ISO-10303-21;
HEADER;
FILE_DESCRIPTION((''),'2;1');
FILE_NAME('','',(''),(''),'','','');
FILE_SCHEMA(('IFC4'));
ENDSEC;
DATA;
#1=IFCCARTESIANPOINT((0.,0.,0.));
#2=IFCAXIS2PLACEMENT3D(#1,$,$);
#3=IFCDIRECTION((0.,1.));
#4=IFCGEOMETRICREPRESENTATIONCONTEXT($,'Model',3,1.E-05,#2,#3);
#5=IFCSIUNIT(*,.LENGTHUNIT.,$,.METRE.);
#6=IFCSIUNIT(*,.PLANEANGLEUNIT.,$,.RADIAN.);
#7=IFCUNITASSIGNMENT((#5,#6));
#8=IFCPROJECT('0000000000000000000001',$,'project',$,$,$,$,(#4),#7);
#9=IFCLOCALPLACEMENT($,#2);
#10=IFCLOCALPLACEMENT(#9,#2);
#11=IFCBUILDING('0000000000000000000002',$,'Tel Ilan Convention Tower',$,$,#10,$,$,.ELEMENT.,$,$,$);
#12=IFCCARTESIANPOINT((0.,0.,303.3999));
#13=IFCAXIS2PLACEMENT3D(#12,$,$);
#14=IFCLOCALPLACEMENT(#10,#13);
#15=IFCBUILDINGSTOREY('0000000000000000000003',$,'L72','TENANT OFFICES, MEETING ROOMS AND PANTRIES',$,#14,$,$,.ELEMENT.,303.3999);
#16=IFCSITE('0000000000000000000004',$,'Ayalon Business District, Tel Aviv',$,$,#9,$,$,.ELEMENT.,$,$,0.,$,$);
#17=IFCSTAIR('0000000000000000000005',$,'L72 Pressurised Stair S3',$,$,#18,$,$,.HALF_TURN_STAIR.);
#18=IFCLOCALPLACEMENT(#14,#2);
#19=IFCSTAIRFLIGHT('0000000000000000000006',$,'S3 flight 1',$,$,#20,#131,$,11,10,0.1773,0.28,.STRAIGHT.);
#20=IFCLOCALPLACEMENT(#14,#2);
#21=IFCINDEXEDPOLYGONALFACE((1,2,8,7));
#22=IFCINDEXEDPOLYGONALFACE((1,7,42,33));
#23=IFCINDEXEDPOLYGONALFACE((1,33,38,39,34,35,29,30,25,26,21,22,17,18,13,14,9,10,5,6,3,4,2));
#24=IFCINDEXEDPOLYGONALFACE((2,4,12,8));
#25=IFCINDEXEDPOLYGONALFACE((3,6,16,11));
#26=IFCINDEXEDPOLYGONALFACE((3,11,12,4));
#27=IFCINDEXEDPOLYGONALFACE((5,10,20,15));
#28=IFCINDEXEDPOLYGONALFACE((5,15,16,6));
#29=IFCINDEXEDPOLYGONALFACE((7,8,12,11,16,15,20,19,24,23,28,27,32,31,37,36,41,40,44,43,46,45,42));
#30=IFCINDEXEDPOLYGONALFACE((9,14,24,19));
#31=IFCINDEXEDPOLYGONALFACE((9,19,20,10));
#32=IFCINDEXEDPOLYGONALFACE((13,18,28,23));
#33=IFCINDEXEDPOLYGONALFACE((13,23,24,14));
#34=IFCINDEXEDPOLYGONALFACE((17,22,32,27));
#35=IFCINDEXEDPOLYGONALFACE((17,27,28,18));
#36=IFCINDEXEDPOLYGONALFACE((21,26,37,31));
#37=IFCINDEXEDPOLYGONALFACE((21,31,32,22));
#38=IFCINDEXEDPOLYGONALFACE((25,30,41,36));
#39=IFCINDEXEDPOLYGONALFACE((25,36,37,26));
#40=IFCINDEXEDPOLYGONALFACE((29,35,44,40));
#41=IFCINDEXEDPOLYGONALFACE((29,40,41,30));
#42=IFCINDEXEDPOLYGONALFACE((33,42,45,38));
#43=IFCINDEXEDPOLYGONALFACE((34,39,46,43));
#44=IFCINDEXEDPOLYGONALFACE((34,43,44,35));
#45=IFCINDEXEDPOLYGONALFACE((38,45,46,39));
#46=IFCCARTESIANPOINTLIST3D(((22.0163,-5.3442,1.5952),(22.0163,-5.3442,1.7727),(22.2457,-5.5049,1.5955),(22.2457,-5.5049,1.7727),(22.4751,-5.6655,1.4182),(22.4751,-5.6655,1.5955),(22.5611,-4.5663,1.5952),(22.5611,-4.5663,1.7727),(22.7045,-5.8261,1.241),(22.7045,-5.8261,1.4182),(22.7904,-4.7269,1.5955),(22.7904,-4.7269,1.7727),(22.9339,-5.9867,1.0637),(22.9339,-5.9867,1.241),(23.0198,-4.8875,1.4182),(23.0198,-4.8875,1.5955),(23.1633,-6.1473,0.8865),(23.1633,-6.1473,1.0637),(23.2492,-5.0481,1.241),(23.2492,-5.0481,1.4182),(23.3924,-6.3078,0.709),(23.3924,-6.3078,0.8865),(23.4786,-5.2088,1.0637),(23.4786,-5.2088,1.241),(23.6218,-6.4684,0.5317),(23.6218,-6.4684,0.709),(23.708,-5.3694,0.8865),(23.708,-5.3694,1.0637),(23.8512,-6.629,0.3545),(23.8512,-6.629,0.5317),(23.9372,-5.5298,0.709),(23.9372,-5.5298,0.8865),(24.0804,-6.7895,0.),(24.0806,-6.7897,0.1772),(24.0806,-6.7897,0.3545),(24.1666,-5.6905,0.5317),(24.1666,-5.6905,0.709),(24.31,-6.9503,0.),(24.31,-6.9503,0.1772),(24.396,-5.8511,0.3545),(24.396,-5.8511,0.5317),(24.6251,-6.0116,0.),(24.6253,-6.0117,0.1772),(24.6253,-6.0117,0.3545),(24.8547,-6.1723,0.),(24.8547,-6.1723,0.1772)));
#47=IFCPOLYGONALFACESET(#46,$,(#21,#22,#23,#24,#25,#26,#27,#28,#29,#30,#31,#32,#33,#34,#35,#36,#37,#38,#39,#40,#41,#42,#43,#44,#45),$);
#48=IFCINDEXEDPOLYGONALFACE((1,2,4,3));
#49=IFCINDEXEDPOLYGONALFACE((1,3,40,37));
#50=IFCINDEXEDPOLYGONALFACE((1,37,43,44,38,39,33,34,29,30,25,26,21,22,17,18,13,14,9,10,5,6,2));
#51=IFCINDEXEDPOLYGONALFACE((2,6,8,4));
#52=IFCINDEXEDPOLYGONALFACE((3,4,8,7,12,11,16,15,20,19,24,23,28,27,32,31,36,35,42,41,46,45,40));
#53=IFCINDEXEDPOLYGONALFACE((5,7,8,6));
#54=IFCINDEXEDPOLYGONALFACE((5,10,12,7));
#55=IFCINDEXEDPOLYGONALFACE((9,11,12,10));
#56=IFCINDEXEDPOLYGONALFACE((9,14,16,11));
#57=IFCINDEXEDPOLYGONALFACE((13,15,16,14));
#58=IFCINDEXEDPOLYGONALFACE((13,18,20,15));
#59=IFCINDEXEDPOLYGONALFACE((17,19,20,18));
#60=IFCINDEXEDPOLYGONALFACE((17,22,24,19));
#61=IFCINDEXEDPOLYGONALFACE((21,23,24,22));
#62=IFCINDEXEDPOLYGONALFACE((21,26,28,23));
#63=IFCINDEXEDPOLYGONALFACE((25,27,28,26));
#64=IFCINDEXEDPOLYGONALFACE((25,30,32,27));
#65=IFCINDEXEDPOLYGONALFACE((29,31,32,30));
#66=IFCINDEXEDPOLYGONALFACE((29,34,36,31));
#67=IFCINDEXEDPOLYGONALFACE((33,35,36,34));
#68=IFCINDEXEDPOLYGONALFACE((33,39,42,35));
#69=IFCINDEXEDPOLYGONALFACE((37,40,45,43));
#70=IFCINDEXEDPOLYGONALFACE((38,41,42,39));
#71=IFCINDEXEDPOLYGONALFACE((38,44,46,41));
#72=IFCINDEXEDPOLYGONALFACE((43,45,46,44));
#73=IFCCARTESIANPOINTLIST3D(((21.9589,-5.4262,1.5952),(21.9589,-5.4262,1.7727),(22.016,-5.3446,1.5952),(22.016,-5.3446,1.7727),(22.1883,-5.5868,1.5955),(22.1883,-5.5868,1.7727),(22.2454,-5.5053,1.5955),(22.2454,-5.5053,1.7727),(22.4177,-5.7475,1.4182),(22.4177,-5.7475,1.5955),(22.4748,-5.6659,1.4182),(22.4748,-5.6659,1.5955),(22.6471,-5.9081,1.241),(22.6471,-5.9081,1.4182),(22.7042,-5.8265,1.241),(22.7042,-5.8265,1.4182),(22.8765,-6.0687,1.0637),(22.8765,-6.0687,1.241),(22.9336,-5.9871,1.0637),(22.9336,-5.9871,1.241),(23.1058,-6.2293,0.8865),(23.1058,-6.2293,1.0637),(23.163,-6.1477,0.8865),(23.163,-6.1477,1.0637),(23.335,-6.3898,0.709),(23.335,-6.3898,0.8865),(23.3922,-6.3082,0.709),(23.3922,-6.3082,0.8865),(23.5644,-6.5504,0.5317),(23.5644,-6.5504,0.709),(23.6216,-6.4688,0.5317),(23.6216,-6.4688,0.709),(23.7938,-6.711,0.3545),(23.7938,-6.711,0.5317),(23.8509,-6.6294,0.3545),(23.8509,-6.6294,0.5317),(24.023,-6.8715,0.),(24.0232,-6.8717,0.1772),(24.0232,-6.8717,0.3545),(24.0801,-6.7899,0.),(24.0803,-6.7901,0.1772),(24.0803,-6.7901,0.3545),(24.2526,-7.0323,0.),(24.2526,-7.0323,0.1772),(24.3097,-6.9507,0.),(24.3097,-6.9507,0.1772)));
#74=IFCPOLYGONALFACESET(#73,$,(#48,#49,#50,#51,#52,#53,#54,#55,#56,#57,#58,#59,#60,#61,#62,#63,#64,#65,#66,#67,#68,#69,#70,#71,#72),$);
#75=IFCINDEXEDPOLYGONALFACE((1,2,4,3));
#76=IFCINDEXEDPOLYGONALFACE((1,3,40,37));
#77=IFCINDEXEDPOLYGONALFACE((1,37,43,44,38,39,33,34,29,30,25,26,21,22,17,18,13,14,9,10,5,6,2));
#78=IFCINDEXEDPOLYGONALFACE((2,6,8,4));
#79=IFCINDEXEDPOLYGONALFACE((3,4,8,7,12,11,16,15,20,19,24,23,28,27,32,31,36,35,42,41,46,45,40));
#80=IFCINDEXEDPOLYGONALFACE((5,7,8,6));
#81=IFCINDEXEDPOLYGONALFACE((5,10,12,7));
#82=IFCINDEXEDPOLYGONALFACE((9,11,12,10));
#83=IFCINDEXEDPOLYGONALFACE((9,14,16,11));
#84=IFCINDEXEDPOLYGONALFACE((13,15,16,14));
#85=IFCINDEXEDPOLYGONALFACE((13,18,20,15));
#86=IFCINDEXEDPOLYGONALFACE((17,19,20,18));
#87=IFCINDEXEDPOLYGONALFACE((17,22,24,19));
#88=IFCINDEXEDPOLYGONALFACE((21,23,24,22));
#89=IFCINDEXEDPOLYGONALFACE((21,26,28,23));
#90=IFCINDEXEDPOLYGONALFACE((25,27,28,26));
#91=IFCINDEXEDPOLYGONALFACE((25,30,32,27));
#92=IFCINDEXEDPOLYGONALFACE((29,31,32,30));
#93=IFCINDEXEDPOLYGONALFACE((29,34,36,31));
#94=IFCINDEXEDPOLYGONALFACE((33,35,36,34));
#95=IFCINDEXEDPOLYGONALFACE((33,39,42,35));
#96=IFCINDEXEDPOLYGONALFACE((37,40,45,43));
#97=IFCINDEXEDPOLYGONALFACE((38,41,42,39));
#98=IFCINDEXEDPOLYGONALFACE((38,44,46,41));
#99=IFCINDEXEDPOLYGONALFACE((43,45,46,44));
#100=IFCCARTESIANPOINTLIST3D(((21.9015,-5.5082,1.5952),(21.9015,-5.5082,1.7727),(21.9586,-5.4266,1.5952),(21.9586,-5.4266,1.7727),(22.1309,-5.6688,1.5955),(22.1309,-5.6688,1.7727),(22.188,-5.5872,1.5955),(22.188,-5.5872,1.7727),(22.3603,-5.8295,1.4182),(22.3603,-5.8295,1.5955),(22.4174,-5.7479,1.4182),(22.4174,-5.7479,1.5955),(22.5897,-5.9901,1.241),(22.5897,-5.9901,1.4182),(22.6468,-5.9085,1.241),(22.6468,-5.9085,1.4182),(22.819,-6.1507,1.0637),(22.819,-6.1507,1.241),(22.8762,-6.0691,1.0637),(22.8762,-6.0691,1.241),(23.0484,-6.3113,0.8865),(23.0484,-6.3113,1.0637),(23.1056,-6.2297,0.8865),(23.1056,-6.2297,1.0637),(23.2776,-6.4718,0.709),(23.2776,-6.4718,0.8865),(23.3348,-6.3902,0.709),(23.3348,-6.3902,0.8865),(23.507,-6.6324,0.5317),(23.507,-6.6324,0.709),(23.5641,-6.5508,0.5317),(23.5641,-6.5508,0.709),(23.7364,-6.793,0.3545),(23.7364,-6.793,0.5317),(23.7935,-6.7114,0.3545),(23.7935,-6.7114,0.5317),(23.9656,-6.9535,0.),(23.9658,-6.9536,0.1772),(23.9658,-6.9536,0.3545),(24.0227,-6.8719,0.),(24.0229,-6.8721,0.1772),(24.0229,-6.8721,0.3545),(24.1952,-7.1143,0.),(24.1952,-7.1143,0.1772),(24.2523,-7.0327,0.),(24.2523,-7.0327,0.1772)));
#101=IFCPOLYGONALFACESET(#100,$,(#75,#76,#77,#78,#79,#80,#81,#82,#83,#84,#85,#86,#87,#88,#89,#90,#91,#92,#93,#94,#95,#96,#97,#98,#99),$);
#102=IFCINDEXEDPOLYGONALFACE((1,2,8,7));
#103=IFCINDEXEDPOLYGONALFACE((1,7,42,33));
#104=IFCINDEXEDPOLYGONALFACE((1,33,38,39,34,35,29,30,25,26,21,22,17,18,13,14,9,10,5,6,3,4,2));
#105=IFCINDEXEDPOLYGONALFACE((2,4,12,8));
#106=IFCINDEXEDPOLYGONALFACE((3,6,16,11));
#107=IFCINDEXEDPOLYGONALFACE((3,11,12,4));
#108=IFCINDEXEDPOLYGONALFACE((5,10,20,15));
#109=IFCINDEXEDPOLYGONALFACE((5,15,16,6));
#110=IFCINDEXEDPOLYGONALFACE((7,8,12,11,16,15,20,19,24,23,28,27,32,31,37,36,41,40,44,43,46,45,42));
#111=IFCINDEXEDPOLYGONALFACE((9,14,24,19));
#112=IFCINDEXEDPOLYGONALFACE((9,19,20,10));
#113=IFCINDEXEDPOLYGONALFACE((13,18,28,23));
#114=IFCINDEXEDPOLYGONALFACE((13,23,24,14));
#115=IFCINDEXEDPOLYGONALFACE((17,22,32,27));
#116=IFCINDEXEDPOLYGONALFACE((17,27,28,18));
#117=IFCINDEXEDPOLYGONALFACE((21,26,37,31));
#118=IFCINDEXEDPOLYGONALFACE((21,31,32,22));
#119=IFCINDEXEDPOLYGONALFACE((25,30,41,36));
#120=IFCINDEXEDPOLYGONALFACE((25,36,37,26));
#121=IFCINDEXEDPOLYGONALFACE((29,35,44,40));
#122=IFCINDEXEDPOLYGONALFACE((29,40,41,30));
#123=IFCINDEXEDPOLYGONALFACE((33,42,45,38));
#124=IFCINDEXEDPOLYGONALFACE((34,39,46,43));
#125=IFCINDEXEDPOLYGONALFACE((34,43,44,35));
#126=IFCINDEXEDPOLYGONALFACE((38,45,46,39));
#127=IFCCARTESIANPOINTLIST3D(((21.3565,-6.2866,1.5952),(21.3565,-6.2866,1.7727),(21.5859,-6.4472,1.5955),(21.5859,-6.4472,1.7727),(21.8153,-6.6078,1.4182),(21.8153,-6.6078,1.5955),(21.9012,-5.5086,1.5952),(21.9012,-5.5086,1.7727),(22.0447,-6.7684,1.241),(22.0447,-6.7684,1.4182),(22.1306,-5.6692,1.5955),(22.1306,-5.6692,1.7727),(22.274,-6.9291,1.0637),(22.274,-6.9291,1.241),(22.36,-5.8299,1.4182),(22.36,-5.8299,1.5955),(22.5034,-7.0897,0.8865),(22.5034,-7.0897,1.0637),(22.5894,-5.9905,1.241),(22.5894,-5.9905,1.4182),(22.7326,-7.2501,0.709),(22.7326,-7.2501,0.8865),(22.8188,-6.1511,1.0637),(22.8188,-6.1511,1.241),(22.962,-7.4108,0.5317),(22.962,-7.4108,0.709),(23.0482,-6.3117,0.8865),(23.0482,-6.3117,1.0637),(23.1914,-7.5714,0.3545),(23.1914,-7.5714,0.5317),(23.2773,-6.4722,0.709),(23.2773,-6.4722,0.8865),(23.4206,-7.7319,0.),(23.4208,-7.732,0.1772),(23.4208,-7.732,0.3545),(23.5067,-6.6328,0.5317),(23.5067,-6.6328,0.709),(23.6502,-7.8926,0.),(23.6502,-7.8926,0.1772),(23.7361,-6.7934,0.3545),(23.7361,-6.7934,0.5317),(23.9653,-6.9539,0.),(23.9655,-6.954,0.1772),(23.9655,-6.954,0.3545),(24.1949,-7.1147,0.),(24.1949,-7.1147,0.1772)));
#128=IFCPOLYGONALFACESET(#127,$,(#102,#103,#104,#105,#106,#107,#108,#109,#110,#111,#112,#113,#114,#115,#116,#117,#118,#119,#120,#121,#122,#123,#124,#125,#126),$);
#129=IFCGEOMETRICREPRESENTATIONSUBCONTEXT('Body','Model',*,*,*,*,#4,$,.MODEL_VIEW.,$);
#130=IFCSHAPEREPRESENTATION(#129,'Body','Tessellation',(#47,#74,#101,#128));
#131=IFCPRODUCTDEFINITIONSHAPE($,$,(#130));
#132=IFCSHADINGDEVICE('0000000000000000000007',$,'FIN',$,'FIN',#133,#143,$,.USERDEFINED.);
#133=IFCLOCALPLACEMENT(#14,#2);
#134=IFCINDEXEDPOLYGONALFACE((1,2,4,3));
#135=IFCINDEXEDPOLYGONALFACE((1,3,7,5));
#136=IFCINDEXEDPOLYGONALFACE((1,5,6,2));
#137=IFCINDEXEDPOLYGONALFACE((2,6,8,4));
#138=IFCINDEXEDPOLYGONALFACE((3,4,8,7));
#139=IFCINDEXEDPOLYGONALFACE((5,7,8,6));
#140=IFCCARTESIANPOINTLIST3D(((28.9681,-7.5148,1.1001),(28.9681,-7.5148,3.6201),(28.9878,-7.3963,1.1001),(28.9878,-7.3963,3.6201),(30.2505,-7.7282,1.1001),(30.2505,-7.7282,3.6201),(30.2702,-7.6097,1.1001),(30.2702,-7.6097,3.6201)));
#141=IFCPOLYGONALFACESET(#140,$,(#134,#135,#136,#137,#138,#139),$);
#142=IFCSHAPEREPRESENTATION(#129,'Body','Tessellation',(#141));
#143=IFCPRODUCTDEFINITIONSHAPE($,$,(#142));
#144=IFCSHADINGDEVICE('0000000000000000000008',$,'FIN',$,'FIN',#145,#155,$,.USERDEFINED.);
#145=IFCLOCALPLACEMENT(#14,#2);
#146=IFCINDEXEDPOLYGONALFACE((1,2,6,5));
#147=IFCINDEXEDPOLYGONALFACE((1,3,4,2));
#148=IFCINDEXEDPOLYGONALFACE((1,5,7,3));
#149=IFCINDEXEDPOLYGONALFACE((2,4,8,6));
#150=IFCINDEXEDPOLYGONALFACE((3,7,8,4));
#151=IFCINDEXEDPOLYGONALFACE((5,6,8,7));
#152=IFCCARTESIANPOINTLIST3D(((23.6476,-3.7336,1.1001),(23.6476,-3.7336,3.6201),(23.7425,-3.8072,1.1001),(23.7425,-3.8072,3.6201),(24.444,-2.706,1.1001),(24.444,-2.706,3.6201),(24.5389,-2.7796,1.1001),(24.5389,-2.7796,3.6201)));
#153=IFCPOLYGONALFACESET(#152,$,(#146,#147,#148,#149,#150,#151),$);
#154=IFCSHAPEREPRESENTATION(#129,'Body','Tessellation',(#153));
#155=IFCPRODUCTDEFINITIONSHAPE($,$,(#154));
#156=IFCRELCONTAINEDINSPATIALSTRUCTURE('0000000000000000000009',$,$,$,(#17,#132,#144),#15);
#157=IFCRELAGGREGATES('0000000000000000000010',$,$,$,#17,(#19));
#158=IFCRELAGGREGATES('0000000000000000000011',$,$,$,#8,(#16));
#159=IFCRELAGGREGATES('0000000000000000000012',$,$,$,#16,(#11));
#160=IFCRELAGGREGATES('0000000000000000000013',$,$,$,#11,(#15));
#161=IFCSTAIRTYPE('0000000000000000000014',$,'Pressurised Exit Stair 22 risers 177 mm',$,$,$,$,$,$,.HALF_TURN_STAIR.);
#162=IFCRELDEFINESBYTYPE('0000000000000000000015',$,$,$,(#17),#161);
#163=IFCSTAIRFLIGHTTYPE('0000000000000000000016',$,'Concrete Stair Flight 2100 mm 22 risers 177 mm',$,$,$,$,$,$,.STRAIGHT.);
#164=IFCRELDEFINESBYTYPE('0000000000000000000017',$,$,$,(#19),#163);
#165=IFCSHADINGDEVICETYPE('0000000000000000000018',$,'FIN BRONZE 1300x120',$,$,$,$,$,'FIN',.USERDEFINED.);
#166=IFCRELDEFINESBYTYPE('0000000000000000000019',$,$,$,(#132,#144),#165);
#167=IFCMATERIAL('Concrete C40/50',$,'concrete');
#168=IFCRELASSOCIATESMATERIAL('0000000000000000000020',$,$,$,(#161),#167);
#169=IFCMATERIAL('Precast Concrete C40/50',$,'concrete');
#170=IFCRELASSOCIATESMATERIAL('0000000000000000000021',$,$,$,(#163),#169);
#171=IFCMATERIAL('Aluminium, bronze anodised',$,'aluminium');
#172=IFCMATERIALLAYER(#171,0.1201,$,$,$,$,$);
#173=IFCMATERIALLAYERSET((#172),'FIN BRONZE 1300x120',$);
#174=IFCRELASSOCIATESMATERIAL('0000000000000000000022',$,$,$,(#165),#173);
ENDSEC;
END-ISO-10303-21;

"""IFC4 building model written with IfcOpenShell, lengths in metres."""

from ifc_helpers import new_model, si_unit, direction, frame, origin, origin_2d, place, context, subcontext, project, spatial, polyline, rectangle, outline, extrude, material, layer, layer_set, type_object, element, aggregate, save


model = new_model("IFC4")

# Units and contexts
model_context = context("Model", 3, precision=1e-05, world=origin(), true_north=direction((0.0, 1.0)))
body_context = subcontext(model_context, "Body", "Model", "MODEL_VIEW")
ifc_project = project(units=[si_unit("LENGTHUNIT", "METRE"), si_unit("PLANEANGLEUNIT", "RADIAN")], contexts=[model_context])

# Site, building, storey
site_placement = place(None, origin())
site = spatial("IfcSite", under=ifc_project, at=site_placement, Name="Ayalon Business District, Tel Aviv", CompositionType="ELEMENT", RefElevation=0.0)
building_placement = place(site_placement, origin())
building = spatial("IfcBuilding", under=site, at=building_placement, Name="Tel Ilan Convention Tower", CompositionType="ELEMENT")
storey_placement = place(building_placement, frame((0.0, 0.0, 303.3999)))
storey = spatial("IfcBuildingStorey", under=building, at=storey_placement, Name="L72", Description="TENANT OFFICES, MEETING ROOMS AND PANTRIES", CompositionType="ELEMENT", Elevation=303.3999)

# Stair, stair flight
ifc_material_1 = material(Name="Concrete C40/50", Category="concrete")
stair_type = type_object("IfcStairType", Name="Pressurised Exit Stair 22 risers 177 mm", PredefinedType="HALF_TURN_STAIR", material=ifc_material_1)
stair_placement = place(storey_placement, origin())
stair = element("IfcStair", 1, at=stair_placement, inside=storey, type_object=stair_type, Name="L72 Pressurised Stair S3", PredefinedType="HALF_TURN_STAIR")
ifc_material_2 = material(Name="Precast Concrete C40/50", Category="concrete")
stair_flight_type = type_object("IfcStairFlightType", Name="Concrete Stair Flight 2100 mm 22 risers 177 mm", PredefinedType="STRAIGHT", material=ifc_material_2)
stair_flight_placement = place(storey_placement, frame((24.2524, -7.0325, 0.0), z_axis=(0.0, 0.0, 1.0), x_axis=(-0.819152, 0.573576, 0.0)))
stair_flight = element("IfcStairFlight", 2, at=stair_flight_placement, type_object=stair_flight_type, Name="S3 flight 1", NumberOfRisers=11, NumberOfTreads=10, PredefinedType="STRAIGHT", RiserHeight=0.1773, TreadLength=0.28, context=body_context, shape_type="SweptSolid", body=[
    extrude(outline(polyline([(0.0, 0.0), (0.0, 0.1772), (0.28, 0.1772), (0.28, 0.3545), (0.5601, 0.3545), (0.5601, 0.5317), (0.8401, 0.5317), (0.8401, 0.709), (1.1201, 0.709), (1.1201, 0.8865), (1.3999, 0.8865), (1.3999, 1.0637), (1.6799, 1.0637), (1.6799, 1.241), (1.96, 1.241), (1.96, 1.4182), (2.24, 1.4182), (2.24, 1.5955), (2.52, 1.5955), (2.52, 1.7727), (2.8, 1.7727), (2.8, 1.95), (2.8, 1.5952), (0.2803, 0.0), (0.0, 0.0)])), frame((0.0, -0.1003, 0.0), z_axis=(0.0, -1.0, 0.0), x_axis=(1.0, 0.0, 0.0)), (0.0, 0.0, 1.0), 0.9497),
    extrude(outline(polyline([(0.0, 0.0), (0.0, 0.1772), (0.28, 0.1772), (0.28, 0.3545), (0.5601, 0.3545), (0.5601, 0.5317), (0.8401, 0.5317), (0.8401, 0.709), (1.1201, 0.709), (1.1201, 0.8865), (1.3999, 0.8865), (1.3999, 1.0637), (1.6799, 1.0637), (1.6799, 1.241), (1.96, 1.241), (1.96, 1.4182), (2.24, 1.4182), (2.24, 1.5955), (2.52, 1.5955), (2.52, 1.7727), (2.8, 1.7727), (2.8, 1.95), (2.8, 1.5952), (0.2803, 0.0), (0.0, 0.0)])), frame((0.0, -0.0002, 0.0), z_axis=(0.0, -1.0, 0.0), x_axis=(1.0, 0.0, 0.0)), (0.0, 0.0, 1.0), 0.0996),
    extrude(outline(polyline([(0.0, 0.0), (0.0, 0.1772), (0.28, 0.1772), (0.28, 0.3545), (0.5601, 0.3545), (0.5601, 0.5317), (0.8401, 0.5317), (0.8401, 0.709), (1.1201, 0.709), (1.1201, 0.8865), (1.3999, 0.8865), (1.3999, 1.0637), (1.6799, 1.0637), (1.6799, 1.241), (1.96, 1.241), (1.96, 1.4182), (2.24, 1.4182), (2.24, 1.5955), (2.52, 1.5955), (2.52, 1.7727), (2.8, 1.7727), (2.8, 1.95), (2.8, 1.5952), (0.2803, 0.0), (0.0, 0.0)])), frame((0.0, 0.0999, 0.0), z_axis=(0.0, -1.0, 0.0), x_axis=(1.0, 0.0, 0.0)), (0.0, 0.0, 1.0), 0.0996),
    extrude(outline(polyline([(0.0, 0.0), (0.0, 0.1772), (0.28, 0.1772), (0.28, 0.3545), (0.5601, 0.3545), (0.5601, 0.5317), (0.8401, 0.5317), (0.8401, 0.709), (1.1201, 0.709), (1.1201, 0.8865), (1.3999, 0.8865), (1.3999, 1.0637), (1.6799, 1.0637), (1.6799, 1.241), (1.96, 1.241), (1.96, 1.4182), (2.24, 1.4182), (2.24, 1.5955), (2.52, 1.5955), (2.52, 1.7727), (2.8, 1.7727), (2.8, 1.95), (2.8, 1.5952), (0.2803, 0.0), (0.0, 0.0)])), frame((0.0, 1.05, 0.0), z_axis=(0.0, -1.0, 0.0), x_axis=(1.0, 0.0, 0.0)), (0.0, 0.0, 1.0), 0.9497),
])
aggregate(stair, [stair_flight])

# Shading devices
ifc_material_3 = material(Name="Aluminium, bronze anodised", Category="aluminium")
ifc_layer_1 = layer(ifc_material_3, 0.1201)
ifc_layer_set_1 = layer_set([ifc_layer_1], Name="FIN BRONZE 1300x120")
shading_device_type = type_object("IfcShadingDeviceType", Name="FIN BRONZE 1300x120", ElementType="FIN", PredefinedType="USERDEFINED", material=ifc_layer_set_1)
for number, where, z_axis, x_axis, name in (
    (3, (29.6191, -7.5623, 1.1001), (0.0, 0.0, 1.0), (0.986445, -0.164091, 0.0), "FIN"),
    (4, (24.0933, -3.2566, 1.1001), (0.0, 0.0, 1.0), (0.612601, 0.790393, 0.0), "FIN"),
):
    element("IfcShadingDevice", number, at=place(storey_placement, frame(where, z_axis=z_axis, x_axis=x_axis)), inside=storey, type_object=shading_device_type, Name=name, ObjectType="FIN", PredefinedType="USERDEFINED", context=body_context, shape_type="SweptSolid", body=[
        extrude(rectangle(XDim=1.3, YDim=0.1201, at=origin_2d()), origin(), (0.0, 0.0, 1.0), 2.52),
    ])

save(model, "model.ifc")
